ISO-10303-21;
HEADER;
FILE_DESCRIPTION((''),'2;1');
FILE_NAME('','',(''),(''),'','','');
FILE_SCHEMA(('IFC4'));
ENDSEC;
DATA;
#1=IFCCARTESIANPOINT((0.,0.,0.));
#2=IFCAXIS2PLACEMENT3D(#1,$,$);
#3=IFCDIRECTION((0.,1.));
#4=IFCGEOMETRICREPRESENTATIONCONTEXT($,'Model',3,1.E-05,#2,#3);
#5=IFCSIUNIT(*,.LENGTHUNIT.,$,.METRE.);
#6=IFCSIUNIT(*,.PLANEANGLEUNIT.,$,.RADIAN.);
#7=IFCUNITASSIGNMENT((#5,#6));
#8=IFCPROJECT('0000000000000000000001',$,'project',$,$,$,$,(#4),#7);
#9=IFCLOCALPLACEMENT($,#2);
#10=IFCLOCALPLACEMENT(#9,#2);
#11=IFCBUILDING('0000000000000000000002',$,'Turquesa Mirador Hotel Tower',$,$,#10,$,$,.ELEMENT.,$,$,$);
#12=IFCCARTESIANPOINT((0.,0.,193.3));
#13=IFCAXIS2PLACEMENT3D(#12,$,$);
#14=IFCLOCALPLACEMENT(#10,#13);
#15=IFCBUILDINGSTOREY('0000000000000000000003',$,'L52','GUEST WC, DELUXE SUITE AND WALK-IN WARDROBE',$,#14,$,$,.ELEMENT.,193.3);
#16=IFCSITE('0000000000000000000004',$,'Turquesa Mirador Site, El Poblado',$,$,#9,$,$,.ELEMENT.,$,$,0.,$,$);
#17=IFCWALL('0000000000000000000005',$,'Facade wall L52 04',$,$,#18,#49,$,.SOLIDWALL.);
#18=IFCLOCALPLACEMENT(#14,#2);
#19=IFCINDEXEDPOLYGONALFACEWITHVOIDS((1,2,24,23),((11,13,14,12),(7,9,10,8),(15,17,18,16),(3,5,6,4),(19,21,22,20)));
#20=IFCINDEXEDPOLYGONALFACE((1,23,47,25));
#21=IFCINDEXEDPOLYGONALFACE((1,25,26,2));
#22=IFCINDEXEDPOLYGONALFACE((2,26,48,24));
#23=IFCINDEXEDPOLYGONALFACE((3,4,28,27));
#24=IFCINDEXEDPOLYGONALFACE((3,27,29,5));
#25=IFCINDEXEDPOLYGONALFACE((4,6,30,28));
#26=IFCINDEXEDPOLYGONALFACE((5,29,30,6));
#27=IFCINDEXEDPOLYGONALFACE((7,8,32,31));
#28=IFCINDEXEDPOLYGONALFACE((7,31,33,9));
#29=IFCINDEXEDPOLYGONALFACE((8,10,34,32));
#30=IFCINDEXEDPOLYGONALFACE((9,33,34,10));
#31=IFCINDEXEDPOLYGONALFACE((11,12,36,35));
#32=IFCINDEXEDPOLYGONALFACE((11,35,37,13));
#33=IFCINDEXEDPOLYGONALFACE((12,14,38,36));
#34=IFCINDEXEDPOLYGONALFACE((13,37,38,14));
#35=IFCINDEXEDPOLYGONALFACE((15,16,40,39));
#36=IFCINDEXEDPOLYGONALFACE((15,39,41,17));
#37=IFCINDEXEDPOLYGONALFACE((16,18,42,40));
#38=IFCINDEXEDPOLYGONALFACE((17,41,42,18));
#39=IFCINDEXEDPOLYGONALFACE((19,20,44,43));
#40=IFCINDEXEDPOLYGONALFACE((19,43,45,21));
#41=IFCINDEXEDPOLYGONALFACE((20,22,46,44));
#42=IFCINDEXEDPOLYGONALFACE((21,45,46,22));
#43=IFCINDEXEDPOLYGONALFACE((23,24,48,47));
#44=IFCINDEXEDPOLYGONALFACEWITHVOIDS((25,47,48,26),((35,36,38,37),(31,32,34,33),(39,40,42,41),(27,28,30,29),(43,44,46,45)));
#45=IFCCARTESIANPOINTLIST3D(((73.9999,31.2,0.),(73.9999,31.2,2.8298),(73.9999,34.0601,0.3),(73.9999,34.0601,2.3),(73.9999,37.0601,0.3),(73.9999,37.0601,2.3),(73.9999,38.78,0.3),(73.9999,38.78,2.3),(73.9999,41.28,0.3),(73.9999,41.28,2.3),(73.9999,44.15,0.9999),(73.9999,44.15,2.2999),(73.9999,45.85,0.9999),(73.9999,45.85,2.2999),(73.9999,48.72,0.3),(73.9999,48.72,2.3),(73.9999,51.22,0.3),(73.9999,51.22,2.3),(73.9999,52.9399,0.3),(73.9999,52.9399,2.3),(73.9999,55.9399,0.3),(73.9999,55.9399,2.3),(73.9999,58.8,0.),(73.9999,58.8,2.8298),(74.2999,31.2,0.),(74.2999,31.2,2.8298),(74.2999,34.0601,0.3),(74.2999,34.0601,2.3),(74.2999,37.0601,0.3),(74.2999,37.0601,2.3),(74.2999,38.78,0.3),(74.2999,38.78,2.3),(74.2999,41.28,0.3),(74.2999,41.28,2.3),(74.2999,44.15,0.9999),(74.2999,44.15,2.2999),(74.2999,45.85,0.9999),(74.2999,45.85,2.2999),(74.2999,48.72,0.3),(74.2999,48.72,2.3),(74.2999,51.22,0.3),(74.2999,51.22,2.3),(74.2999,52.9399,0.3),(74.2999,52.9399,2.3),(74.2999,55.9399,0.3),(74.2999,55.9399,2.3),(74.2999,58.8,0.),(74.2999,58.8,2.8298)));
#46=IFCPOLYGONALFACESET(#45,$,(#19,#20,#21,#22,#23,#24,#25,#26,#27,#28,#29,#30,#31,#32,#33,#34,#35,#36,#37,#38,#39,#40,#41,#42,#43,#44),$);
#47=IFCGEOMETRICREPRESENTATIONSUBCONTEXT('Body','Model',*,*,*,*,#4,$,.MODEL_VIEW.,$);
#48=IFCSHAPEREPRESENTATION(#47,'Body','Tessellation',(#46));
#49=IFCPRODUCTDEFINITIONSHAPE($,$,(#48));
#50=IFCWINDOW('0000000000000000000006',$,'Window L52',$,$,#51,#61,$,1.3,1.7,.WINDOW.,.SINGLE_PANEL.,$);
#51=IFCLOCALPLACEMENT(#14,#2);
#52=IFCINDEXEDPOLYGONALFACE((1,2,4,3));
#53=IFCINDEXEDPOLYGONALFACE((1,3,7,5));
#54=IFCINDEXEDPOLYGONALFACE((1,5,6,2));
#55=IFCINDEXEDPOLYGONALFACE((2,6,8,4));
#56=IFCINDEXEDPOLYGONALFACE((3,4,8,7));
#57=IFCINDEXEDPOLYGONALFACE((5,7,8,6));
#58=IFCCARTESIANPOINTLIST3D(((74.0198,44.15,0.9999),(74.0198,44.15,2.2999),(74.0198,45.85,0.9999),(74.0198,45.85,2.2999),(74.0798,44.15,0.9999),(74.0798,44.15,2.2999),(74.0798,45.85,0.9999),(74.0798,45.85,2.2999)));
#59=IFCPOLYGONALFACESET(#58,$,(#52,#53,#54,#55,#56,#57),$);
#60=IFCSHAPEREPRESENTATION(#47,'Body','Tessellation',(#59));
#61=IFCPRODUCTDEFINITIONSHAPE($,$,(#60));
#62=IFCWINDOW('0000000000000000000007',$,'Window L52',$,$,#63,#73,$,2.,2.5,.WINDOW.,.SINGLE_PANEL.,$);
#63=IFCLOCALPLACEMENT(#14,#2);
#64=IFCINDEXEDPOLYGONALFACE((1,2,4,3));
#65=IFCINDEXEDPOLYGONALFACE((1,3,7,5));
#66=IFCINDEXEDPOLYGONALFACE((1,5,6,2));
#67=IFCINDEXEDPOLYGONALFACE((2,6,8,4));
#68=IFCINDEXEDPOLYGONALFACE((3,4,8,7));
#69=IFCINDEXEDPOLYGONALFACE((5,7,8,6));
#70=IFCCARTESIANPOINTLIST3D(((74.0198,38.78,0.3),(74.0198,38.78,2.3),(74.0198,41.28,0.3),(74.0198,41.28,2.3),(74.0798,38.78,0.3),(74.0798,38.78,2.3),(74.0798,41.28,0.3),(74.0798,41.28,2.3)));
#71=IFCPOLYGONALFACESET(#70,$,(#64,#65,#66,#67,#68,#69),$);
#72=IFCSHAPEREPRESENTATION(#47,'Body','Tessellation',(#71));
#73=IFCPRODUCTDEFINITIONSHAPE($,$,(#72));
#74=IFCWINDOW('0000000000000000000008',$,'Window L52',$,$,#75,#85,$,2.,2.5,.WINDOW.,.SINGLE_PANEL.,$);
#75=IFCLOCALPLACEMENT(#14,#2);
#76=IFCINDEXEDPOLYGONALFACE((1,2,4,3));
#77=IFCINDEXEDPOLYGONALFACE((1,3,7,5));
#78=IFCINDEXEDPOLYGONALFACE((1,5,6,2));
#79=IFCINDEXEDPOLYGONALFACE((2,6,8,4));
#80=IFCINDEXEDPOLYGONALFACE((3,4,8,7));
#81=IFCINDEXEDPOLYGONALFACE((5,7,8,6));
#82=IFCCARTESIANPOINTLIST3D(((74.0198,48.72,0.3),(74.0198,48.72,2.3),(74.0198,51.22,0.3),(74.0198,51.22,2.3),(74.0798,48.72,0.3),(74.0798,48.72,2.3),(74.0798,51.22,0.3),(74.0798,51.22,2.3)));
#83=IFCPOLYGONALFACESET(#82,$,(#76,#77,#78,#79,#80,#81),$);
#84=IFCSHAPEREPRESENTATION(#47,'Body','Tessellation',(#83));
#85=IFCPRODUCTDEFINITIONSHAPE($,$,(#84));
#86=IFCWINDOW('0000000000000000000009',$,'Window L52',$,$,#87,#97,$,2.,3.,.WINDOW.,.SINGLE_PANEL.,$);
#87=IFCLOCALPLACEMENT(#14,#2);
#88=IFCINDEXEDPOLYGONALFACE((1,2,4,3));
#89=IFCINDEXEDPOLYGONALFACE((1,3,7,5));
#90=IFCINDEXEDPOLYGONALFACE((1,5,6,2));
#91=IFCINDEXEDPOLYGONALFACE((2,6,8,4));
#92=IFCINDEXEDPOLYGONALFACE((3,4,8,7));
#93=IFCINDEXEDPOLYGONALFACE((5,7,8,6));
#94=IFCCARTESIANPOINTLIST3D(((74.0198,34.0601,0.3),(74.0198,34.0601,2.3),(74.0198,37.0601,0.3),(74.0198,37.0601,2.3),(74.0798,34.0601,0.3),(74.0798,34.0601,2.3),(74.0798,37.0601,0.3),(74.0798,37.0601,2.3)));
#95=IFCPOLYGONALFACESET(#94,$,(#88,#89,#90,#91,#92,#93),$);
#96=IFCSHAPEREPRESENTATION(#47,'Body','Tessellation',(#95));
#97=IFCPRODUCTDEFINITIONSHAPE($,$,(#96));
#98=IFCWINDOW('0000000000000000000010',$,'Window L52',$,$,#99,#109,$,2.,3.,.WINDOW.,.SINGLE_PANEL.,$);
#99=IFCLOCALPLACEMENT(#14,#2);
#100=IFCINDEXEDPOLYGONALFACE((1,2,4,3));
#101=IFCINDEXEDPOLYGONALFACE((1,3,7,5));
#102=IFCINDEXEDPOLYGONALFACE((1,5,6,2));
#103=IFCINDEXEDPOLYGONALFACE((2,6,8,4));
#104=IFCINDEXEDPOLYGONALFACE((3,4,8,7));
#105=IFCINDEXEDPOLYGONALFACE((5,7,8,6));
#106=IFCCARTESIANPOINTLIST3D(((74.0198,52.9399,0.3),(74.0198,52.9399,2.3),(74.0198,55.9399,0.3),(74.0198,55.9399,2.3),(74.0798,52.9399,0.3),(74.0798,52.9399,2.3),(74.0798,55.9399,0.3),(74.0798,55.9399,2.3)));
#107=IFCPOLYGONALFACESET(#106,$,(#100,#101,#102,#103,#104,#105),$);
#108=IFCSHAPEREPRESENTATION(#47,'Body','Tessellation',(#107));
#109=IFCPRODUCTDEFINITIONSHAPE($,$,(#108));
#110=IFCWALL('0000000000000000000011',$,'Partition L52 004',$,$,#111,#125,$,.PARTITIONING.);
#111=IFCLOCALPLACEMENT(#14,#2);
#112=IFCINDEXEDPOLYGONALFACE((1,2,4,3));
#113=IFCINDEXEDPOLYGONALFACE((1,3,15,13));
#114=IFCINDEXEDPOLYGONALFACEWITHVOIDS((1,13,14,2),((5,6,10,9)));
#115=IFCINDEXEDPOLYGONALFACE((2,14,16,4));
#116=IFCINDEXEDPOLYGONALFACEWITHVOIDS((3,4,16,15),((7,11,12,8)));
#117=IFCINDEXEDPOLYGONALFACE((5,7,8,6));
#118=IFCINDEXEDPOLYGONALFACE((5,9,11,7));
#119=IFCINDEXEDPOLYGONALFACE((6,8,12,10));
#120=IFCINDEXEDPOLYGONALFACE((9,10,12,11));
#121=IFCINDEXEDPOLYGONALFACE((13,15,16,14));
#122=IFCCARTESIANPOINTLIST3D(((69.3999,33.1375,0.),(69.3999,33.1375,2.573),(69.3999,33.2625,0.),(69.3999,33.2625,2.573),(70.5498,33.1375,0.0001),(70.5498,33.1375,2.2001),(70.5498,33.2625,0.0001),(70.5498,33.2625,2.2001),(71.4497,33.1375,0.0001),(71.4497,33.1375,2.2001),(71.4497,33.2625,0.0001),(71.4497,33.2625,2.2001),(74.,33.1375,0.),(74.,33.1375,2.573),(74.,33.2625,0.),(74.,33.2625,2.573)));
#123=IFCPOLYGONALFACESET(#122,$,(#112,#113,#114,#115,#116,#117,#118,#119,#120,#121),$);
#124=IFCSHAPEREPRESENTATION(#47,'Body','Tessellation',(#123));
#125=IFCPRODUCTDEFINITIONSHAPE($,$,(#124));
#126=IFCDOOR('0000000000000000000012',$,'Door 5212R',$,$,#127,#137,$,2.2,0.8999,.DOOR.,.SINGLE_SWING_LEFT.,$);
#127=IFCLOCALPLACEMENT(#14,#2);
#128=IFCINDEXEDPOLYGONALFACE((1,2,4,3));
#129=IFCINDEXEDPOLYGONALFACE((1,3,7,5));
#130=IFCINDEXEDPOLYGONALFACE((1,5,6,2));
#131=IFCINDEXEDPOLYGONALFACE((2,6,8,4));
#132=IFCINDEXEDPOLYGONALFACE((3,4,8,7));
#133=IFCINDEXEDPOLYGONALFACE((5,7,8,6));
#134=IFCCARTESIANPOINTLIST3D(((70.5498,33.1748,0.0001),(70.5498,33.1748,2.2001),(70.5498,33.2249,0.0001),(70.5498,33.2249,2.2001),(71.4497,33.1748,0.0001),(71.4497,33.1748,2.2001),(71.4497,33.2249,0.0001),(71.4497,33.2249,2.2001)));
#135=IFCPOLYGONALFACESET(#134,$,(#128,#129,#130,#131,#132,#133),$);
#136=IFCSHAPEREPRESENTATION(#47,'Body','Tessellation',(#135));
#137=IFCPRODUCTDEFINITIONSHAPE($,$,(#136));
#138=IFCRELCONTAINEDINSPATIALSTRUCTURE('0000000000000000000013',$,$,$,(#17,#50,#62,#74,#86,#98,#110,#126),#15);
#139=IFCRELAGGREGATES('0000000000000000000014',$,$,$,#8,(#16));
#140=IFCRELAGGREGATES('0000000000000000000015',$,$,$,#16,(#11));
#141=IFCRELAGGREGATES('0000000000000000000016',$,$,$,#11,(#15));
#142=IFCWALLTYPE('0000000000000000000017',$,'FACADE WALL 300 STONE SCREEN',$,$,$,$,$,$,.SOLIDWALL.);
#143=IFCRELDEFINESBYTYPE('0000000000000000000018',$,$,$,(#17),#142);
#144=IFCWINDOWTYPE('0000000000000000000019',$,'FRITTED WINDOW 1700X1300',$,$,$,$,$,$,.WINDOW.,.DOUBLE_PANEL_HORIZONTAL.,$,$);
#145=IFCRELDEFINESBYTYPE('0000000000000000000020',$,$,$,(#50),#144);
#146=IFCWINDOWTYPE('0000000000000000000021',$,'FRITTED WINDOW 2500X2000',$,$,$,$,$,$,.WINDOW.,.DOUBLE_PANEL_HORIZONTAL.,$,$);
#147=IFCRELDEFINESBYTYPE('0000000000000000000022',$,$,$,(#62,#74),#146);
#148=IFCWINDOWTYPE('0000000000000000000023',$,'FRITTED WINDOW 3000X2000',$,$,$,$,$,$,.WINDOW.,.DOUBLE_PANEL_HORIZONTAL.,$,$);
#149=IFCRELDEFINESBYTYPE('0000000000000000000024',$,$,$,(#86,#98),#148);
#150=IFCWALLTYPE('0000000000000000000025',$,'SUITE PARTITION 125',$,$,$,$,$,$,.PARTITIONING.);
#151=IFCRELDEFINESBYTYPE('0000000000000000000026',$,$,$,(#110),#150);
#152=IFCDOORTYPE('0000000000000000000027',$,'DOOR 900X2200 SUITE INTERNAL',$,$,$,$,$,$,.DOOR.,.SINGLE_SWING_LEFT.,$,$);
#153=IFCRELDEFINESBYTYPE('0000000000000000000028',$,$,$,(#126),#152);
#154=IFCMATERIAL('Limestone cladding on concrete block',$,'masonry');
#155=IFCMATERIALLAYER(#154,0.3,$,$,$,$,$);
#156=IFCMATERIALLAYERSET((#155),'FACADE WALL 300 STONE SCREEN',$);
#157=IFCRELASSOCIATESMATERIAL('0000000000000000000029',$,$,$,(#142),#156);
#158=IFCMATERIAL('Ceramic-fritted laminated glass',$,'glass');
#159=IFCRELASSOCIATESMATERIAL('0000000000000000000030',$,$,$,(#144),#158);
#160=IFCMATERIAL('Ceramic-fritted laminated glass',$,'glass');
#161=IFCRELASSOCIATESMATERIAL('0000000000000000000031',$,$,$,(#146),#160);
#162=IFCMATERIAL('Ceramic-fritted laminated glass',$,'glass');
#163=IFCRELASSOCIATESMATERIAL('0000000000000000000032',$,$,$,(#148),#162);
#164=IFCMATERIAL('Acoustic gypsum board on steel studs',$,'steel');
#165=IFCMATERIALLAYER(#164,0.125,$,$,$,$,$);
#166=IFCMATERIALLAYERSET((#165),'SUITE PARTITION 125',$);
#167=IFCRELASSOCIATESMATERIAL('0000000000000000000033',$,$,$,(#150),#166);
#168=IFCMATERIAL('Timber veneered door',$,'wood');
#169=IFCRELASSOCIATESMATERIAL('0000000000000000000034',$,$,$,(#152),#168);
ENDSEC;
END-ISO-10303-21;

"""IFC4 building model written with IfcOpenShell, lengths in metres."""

from ifc_helpers import new_model, si_unit, direction, frame, frame_2d, origin, place, context, subcontext, project, spatial, rectangle, extrude, material, layer, layer_set, type_object, element, fill, save


model = new_model("IFC4")

# Units and contexts
model_context = context("Model", 3, precision=1e-05, world=origin(), true_north=direction((0.0, 1.0)))
body_context = subcontext(model_context, "Body", "Model", "MODEL_VIEW")
ifc_project = project(units=[si_unit("LENGTHUNIT", "METRE"), si_unit("PLANEANGLEUNIT", "RADIAN")], contexts=[model_context])

# Site, building, storey
site_placement = place(None, origin())
site = spatial("IfcSite", under=ifc_project, at=site_placement, Name="Turquesa Mirador Site, El Poblado", CompositionType="ELEMENT", RefElevation=0.0)
building_placement = place(site_placement, origin())
building = spatial("IfcBuilding", under=site, at=building_placement, Name="Turquesa Mirador Hotel Tower", CompositionType="ELEMENT")
storey_placement = place(building_placement, frame((0.0, 0.0, 193.3)))
storey = spatial("IfcBuildingStorey", under=building, at=storey_placement, Name="L52", Description="GUEST WC, DELUXE SUITE AND WALK-IN WARDROBE", CompositionType="ELEMENT", Elevation=193.3)

# Shared definitions
ifc_material_1 = material(Name="Limestone cladding on concrete block", Category="masonry")
ifc_layer_1 = layer(ifc_material_1, 0.3)
ifc_layer_set_1 = layer_set([ifc_layer_1], Name="FACADE WALL 300 STONE SCREEN")
wall_type_1 = type_object("IfcWallType", Name="FACADE WALL 300 STONE SCREEN", PredefinedType="SOLIDWALL", material=ifc_layer_set_1)

# Wall, openings, windows
wall_1_placement = place(storey_placement, frame((74.1499, 31.2, 0.0), z_axis=(0.0, 0.0, 1.0), x_axis=(0.0, 1.0, 0.0)))
wall_1 = element("IfcWall", 1, at=wall_1_placement, inside=storey, type_object=wall_type_1, Name="Facade wall L52 04", PredefinedType="SOLIDWALL", context=body_context, shape_type="SweptSolid", body=[
    extrude(rectangle(XDim=27.6001, YDim=0.3, at=frame_2d((13.8, 0.0))), origin(), (0.0, 0.0, 1.0), 2.8298),
])
opening_1_placement = place(wall_1_placement, frame((2.8601, 0.0, 0.3)))
opening_1 = element("IfcOpeningElement", 2, at=opening_1_placement, cuts=wall_1, PredefinedType="OPENING", context=body_context, shape_type="SweptSolid", body=[
    extrude(rectangle(XDim=3.0, YDim=2.0, at=frame_2d((1.5, 1.0))), frame((0.0, 0.1599, 0.0), z_axis=(0.0, -1.0, 0.0), x_axis=(1.0, 0.0, 0.0)), (0.0, 0.0, 1.0), 0.3201),
])
opening_2_placement = place(wall_1_placement, frame((7.5801, 0.0, 0.3)))
opening_2 = element("IfcOpeningElement", 3, at=opening_2_placement, cuts=wall_1, PredefinedType="OPENING", context=body_context, shape_type="SweptSolid", body=[
    extrude(rectangle(XDim=2.5, YDim=2.0, at=frame_2d((1.25, 1.0))), frame((0.0, 0.1599, 0.0), z_axis=(0.0, -1.0, 0.0), x_axis=(1.0, 0.0, 0.0)), (0.0, 0.0, 1.0), 0.3201),
])
opening_3_placement = place(wall_1_placement, frame((12.95, 0.0, 1.0)))
opening_3 = element("IfcOpeningElement", 4, at=opening_3_placement, cuts=wall_1, PredefinedType="OPENING", context=body_context, shape_type="SweptSolid", body=[
    extrude(rectangle(XDim=1.7, YDim=1.3, at=frame_2d((0.8501, 0.6499))), frame((0.0, 0.1599, 0.0), z_axis=(0.0, -1.0, 0.0), x_axis=(1.0, 0.0, 0.0)), (0.0, 0.0, 1.0), 0.3201),
])
opening_4_placement = place(wall_1_placement, frame((17.52, 0.0, 0.3)))
opening_4 = element("IfcOpeningElement", 5, at=opening_4_placement, cuts=wall_1, PredefinedType="OPENING", context=body_context, shape_type="SweptSolid", body=[
    extrude(rectangle(XDim=2.5, YDim=2.0, at=frame_2d((1.25, 1.0))), frame((0.0, 0.1599, 0.0), z_axis=(0.0, -1.0, 0.0), x_axis=(1.0, 0.0, 0.0)), (0.0, 0.0, 1.0), 0.3201),
])
opening_5_placement = place(wall_1_placement, frame((21.74, 0.0, 0.3)))
opening_5 = element("IfcOpeningElement", 6, at=opening_5_placement, cuts=wall_1, PredefinedType="OPENING", context=body_context, shape_type="SweptSolid", body=[
    extrude(rectangle(XDim=3.0, YDim=2.0, at=frame_2d((1.5, 1.0))), frame((0.0, 0.1599, 0.0), z_axis=(0.0, -1.0, 0.0), x_axis=(1.0, 0.0, 0.0)), (0.0, 0.0, 1.0), 0.3201),
])
ifc_material_2 = material(Name="Ceramic-fritted laminated glass", Category="glass")
window_type_1 = type_object("IfcWindowType", Name="FRITTED WINDOW 1700X1300", PartitioningType="DOUBLE_PANEL_HORIZONTAL", PredefinedType="WINDOW", material=ifc_material_2)
window_1_placement = place(opening_3_placement, origin())
window_1 = element("IfcWindow", 7, at=window_1_placement, inside=storey, type_object=window_type_1, Name="Window L52", OverallHeight=1.3, OverallWidth=1.7, PartitioningType="SINGLE_PANEL", PredefinedType="WINDOW", context=body_context, shape_type="SweptSolid", body=[
    extrude(rectangle(XDim=1.7, YDim=1.3, at=frame_2d((0.8501, 0.6499))), frame((0.0, 0.1301, 0.0), z_axis=(0.0, -1.0, 0.0), x_axis=(1.0, 0.0, 0.0)), (0.0, 0.0, 1.0), 0.0601),
])
fill(opening_3, window_1)
ifc_material_3 = material(Name="Ceramic-fritted laminated glass", Category="glass")
window_type_2 = type_object("IfcWindowType", Name="FRITTED WINDOW 2500X2000", PartitioningType="DOUBLE_PANEL_HORIZONTAL", PredefinedType="WINDOW", material=ifc_material_3)
window_2_placement = place(opening_2_placement, origin())
window_2 = element("IfcWindow", 8, at=window_2_placement, inside=storey, type_object=window_type_2, Name="Window L52", OverallHeight=2.0, OverallWidth=2.5, PartitioningType="SINGLE_PANEL", PredefinedType="WINDOW", context=body_context, shape_type="SweptSolid", body=[
    extrude(rectangle(XDim=2.5, YDim=2.0, at=frame_2d((1.25, 1.0))), frame((0.0, 0.1301, 0.0), z_axis=(0.0, -1.0, 0.0), x_axis=(1.0, 0.0, 0.0)), (0.0, 0.0, 1.0), 0.0601),
])
fill(opening_2, window_2)
window_3_placement = place(opening_4_placement, origin())
window_3 = element("IfcWindow", 9, at=window_3_placement, inside=storey, type_object=window_type_2, Name="Window L52", OverallHeight=2.0, OverallWidth=2.5, PartitioningType="SINGLE_PANEL", PredefinedType="WINDOW", context=body_context, shape_type="SweptSolid", body=[
    extrude(rectangle(XDim=2.5, YDim=2.0, at=frame_2d((1.25, 1.0))), frame((0.0, 0.1301, 0.0), z_axis=(0.0, -1.0, 0.0), x_axis=(1.0, 0.0, 0.0)), (0.0, 0.0, 1.0), 0.0601),
])
fill(opening_4, window_3)
ifc_material_4 = material(Name="Ceramic-fritted laminated glass", Category="glass")
window_type_3 = type_object("IfcWindowType", Name="FRITTED WINDOW 3000X2000", PartitioningType="DOUBLE_PANEL_HORIZONTAL", PredefinedType="WINDOW", material=ifc_material_4)
window_4_placement = place(opening_1_placement, origin())
window_4 = element("IfcWindow", 10, at=window_4_placement, inside=storey, type_object=window_type_3, Name="Window L52", OverallHeight=2.0, OverallWidth=3.0, PartitioningType="SINGLE_PANEL", PredefinedType="WINDOW", context=body_context, shape_type="SweptSolid", body=[
    extrude(rectangle(XDim=3.0, YDim=2.0, at=frame_2d((1.5, 1.0))), frame((0.0, 0.1301, 0.0), z_axis=(0.0, -1.0, 0.0), x_axis=(1.0, 0.0, 0.0)), (0.0, 0.0, 1.0), 0.0601),
])
fill(opening_1, window_4)
window_5_placement = place(opening_5_placement, origin())
window_5 = element("IfcWindow", 11, at=window_5_placement, inside=storey, type_object=window_type_3, Name="Window L52", OverallHeight=2.0, OverallWidth=3.0, PartitioningType="SINGLE_PANEL", PredefinedType="WINDOW", context=body_context, shape_type="SweptSolid", body=[
    extrude(rectangle(XDim=3.0, YDim=2.0, at=frame_2d((1.5, 1.0))), frame((0.0, 0.1301, 0.0), z_axis=(0.0, -1.0, 0.0), x_axis=(1.0, 0.0, 0.0)), (0.0, 0.0, 1.0), 0.0601),
])
fill(opening_5, window_5)

# Wall, opening, door
ifc_material_5 = material(Name="Acoustic gypsum board on steel studs", Category="steel")
ifc_layer_2 = layer(ifc_material_5, 0.125)
ifc_layer_set_2 = layer_set([ifc_layer_2], Name="SUITE PARTITION 125")
wall_type_2 = type_object("IfcWallType", Name="SUITE PARTITION 125", PredefinedType="PARTITIONING", material=ifc_layer_set_2)
wall_2_placement = place(storey_placement, frame((69.3999, 33.2, 0.0), z_axis=(0.0, 0.0, 1.0), x_axis=(1.0, 0.0, 0.0)))
wall_2 = element("IfcWall", 12, at=wall_2_placement, inside=storey, type_object=wall_type_2, Name="Partition L52 004", PredefinedType="PARTITIONING", context=body_context, shape_type="SweptSolid", body=[
    extrude(rectangle(XDim=4.6001, YDim=0.125, at=frame_2d((2.3, 0.0))), origin(), (0.0, 0.0, 1.0), 2.573),
])
opening_6_placement = place(wall_2_placement, frame((1.1499, 0.0, 0.0)))
opening_6 = element("IfcOpeningElement", 13, at=opening_6_placement, cuts=wall_2, PredefinedType="OPENING", context=body_context, shape_type="SweptSolid", body=[
    extrude(rectangle(XDim=0.8999, YDim=2.2, at=frame_2d((0.45, 1.1001))), frame((0.0, 0.0725, 0.0), z_axis=(0.0, -1.0, 0.0), x_axis=(1.0, 0.0, 0.0)), (0.0, 0.0, 1.0), 0.145),
])
ifc_material_6 = material(Name="Timber veneered door", Category="wood")
door_type_1 = type_object("IfcDoorType", Name="DOOR 900X2200 SUITE INTERNAL", OperationType="SINGLE_SWING_LEFT", PredefinedType="DOOR", material=ifc_material_6)
door_1_placement = place(opening_6_placement, origin())
door_1 = element("IfcDoor", 14, at=door_1_placement, inside=storey, type_object=door_type_1, Name="Door 5212R", OperationType="SINGLE_SWING_LEFT", OverallHeight=2.2, OverallWidth=0.8999, PredefinedType="DOOR", context=body_context, shape_type="SweptSolid", body=[
    extrude(rectangle(XDim=0.8999, YDim=2.2, at=frame_2d((0.45, 1.1001))), frame((0.0, 0.0249, 0.0), z_axis=(0.0, -1.0, 0.0), x_axis=(1.0, 0.0, 0.0)), (0.0, 0.0, 1.0), 0.05),
])
fill(opening_6, door_1)

save(model, "model.ifc")
